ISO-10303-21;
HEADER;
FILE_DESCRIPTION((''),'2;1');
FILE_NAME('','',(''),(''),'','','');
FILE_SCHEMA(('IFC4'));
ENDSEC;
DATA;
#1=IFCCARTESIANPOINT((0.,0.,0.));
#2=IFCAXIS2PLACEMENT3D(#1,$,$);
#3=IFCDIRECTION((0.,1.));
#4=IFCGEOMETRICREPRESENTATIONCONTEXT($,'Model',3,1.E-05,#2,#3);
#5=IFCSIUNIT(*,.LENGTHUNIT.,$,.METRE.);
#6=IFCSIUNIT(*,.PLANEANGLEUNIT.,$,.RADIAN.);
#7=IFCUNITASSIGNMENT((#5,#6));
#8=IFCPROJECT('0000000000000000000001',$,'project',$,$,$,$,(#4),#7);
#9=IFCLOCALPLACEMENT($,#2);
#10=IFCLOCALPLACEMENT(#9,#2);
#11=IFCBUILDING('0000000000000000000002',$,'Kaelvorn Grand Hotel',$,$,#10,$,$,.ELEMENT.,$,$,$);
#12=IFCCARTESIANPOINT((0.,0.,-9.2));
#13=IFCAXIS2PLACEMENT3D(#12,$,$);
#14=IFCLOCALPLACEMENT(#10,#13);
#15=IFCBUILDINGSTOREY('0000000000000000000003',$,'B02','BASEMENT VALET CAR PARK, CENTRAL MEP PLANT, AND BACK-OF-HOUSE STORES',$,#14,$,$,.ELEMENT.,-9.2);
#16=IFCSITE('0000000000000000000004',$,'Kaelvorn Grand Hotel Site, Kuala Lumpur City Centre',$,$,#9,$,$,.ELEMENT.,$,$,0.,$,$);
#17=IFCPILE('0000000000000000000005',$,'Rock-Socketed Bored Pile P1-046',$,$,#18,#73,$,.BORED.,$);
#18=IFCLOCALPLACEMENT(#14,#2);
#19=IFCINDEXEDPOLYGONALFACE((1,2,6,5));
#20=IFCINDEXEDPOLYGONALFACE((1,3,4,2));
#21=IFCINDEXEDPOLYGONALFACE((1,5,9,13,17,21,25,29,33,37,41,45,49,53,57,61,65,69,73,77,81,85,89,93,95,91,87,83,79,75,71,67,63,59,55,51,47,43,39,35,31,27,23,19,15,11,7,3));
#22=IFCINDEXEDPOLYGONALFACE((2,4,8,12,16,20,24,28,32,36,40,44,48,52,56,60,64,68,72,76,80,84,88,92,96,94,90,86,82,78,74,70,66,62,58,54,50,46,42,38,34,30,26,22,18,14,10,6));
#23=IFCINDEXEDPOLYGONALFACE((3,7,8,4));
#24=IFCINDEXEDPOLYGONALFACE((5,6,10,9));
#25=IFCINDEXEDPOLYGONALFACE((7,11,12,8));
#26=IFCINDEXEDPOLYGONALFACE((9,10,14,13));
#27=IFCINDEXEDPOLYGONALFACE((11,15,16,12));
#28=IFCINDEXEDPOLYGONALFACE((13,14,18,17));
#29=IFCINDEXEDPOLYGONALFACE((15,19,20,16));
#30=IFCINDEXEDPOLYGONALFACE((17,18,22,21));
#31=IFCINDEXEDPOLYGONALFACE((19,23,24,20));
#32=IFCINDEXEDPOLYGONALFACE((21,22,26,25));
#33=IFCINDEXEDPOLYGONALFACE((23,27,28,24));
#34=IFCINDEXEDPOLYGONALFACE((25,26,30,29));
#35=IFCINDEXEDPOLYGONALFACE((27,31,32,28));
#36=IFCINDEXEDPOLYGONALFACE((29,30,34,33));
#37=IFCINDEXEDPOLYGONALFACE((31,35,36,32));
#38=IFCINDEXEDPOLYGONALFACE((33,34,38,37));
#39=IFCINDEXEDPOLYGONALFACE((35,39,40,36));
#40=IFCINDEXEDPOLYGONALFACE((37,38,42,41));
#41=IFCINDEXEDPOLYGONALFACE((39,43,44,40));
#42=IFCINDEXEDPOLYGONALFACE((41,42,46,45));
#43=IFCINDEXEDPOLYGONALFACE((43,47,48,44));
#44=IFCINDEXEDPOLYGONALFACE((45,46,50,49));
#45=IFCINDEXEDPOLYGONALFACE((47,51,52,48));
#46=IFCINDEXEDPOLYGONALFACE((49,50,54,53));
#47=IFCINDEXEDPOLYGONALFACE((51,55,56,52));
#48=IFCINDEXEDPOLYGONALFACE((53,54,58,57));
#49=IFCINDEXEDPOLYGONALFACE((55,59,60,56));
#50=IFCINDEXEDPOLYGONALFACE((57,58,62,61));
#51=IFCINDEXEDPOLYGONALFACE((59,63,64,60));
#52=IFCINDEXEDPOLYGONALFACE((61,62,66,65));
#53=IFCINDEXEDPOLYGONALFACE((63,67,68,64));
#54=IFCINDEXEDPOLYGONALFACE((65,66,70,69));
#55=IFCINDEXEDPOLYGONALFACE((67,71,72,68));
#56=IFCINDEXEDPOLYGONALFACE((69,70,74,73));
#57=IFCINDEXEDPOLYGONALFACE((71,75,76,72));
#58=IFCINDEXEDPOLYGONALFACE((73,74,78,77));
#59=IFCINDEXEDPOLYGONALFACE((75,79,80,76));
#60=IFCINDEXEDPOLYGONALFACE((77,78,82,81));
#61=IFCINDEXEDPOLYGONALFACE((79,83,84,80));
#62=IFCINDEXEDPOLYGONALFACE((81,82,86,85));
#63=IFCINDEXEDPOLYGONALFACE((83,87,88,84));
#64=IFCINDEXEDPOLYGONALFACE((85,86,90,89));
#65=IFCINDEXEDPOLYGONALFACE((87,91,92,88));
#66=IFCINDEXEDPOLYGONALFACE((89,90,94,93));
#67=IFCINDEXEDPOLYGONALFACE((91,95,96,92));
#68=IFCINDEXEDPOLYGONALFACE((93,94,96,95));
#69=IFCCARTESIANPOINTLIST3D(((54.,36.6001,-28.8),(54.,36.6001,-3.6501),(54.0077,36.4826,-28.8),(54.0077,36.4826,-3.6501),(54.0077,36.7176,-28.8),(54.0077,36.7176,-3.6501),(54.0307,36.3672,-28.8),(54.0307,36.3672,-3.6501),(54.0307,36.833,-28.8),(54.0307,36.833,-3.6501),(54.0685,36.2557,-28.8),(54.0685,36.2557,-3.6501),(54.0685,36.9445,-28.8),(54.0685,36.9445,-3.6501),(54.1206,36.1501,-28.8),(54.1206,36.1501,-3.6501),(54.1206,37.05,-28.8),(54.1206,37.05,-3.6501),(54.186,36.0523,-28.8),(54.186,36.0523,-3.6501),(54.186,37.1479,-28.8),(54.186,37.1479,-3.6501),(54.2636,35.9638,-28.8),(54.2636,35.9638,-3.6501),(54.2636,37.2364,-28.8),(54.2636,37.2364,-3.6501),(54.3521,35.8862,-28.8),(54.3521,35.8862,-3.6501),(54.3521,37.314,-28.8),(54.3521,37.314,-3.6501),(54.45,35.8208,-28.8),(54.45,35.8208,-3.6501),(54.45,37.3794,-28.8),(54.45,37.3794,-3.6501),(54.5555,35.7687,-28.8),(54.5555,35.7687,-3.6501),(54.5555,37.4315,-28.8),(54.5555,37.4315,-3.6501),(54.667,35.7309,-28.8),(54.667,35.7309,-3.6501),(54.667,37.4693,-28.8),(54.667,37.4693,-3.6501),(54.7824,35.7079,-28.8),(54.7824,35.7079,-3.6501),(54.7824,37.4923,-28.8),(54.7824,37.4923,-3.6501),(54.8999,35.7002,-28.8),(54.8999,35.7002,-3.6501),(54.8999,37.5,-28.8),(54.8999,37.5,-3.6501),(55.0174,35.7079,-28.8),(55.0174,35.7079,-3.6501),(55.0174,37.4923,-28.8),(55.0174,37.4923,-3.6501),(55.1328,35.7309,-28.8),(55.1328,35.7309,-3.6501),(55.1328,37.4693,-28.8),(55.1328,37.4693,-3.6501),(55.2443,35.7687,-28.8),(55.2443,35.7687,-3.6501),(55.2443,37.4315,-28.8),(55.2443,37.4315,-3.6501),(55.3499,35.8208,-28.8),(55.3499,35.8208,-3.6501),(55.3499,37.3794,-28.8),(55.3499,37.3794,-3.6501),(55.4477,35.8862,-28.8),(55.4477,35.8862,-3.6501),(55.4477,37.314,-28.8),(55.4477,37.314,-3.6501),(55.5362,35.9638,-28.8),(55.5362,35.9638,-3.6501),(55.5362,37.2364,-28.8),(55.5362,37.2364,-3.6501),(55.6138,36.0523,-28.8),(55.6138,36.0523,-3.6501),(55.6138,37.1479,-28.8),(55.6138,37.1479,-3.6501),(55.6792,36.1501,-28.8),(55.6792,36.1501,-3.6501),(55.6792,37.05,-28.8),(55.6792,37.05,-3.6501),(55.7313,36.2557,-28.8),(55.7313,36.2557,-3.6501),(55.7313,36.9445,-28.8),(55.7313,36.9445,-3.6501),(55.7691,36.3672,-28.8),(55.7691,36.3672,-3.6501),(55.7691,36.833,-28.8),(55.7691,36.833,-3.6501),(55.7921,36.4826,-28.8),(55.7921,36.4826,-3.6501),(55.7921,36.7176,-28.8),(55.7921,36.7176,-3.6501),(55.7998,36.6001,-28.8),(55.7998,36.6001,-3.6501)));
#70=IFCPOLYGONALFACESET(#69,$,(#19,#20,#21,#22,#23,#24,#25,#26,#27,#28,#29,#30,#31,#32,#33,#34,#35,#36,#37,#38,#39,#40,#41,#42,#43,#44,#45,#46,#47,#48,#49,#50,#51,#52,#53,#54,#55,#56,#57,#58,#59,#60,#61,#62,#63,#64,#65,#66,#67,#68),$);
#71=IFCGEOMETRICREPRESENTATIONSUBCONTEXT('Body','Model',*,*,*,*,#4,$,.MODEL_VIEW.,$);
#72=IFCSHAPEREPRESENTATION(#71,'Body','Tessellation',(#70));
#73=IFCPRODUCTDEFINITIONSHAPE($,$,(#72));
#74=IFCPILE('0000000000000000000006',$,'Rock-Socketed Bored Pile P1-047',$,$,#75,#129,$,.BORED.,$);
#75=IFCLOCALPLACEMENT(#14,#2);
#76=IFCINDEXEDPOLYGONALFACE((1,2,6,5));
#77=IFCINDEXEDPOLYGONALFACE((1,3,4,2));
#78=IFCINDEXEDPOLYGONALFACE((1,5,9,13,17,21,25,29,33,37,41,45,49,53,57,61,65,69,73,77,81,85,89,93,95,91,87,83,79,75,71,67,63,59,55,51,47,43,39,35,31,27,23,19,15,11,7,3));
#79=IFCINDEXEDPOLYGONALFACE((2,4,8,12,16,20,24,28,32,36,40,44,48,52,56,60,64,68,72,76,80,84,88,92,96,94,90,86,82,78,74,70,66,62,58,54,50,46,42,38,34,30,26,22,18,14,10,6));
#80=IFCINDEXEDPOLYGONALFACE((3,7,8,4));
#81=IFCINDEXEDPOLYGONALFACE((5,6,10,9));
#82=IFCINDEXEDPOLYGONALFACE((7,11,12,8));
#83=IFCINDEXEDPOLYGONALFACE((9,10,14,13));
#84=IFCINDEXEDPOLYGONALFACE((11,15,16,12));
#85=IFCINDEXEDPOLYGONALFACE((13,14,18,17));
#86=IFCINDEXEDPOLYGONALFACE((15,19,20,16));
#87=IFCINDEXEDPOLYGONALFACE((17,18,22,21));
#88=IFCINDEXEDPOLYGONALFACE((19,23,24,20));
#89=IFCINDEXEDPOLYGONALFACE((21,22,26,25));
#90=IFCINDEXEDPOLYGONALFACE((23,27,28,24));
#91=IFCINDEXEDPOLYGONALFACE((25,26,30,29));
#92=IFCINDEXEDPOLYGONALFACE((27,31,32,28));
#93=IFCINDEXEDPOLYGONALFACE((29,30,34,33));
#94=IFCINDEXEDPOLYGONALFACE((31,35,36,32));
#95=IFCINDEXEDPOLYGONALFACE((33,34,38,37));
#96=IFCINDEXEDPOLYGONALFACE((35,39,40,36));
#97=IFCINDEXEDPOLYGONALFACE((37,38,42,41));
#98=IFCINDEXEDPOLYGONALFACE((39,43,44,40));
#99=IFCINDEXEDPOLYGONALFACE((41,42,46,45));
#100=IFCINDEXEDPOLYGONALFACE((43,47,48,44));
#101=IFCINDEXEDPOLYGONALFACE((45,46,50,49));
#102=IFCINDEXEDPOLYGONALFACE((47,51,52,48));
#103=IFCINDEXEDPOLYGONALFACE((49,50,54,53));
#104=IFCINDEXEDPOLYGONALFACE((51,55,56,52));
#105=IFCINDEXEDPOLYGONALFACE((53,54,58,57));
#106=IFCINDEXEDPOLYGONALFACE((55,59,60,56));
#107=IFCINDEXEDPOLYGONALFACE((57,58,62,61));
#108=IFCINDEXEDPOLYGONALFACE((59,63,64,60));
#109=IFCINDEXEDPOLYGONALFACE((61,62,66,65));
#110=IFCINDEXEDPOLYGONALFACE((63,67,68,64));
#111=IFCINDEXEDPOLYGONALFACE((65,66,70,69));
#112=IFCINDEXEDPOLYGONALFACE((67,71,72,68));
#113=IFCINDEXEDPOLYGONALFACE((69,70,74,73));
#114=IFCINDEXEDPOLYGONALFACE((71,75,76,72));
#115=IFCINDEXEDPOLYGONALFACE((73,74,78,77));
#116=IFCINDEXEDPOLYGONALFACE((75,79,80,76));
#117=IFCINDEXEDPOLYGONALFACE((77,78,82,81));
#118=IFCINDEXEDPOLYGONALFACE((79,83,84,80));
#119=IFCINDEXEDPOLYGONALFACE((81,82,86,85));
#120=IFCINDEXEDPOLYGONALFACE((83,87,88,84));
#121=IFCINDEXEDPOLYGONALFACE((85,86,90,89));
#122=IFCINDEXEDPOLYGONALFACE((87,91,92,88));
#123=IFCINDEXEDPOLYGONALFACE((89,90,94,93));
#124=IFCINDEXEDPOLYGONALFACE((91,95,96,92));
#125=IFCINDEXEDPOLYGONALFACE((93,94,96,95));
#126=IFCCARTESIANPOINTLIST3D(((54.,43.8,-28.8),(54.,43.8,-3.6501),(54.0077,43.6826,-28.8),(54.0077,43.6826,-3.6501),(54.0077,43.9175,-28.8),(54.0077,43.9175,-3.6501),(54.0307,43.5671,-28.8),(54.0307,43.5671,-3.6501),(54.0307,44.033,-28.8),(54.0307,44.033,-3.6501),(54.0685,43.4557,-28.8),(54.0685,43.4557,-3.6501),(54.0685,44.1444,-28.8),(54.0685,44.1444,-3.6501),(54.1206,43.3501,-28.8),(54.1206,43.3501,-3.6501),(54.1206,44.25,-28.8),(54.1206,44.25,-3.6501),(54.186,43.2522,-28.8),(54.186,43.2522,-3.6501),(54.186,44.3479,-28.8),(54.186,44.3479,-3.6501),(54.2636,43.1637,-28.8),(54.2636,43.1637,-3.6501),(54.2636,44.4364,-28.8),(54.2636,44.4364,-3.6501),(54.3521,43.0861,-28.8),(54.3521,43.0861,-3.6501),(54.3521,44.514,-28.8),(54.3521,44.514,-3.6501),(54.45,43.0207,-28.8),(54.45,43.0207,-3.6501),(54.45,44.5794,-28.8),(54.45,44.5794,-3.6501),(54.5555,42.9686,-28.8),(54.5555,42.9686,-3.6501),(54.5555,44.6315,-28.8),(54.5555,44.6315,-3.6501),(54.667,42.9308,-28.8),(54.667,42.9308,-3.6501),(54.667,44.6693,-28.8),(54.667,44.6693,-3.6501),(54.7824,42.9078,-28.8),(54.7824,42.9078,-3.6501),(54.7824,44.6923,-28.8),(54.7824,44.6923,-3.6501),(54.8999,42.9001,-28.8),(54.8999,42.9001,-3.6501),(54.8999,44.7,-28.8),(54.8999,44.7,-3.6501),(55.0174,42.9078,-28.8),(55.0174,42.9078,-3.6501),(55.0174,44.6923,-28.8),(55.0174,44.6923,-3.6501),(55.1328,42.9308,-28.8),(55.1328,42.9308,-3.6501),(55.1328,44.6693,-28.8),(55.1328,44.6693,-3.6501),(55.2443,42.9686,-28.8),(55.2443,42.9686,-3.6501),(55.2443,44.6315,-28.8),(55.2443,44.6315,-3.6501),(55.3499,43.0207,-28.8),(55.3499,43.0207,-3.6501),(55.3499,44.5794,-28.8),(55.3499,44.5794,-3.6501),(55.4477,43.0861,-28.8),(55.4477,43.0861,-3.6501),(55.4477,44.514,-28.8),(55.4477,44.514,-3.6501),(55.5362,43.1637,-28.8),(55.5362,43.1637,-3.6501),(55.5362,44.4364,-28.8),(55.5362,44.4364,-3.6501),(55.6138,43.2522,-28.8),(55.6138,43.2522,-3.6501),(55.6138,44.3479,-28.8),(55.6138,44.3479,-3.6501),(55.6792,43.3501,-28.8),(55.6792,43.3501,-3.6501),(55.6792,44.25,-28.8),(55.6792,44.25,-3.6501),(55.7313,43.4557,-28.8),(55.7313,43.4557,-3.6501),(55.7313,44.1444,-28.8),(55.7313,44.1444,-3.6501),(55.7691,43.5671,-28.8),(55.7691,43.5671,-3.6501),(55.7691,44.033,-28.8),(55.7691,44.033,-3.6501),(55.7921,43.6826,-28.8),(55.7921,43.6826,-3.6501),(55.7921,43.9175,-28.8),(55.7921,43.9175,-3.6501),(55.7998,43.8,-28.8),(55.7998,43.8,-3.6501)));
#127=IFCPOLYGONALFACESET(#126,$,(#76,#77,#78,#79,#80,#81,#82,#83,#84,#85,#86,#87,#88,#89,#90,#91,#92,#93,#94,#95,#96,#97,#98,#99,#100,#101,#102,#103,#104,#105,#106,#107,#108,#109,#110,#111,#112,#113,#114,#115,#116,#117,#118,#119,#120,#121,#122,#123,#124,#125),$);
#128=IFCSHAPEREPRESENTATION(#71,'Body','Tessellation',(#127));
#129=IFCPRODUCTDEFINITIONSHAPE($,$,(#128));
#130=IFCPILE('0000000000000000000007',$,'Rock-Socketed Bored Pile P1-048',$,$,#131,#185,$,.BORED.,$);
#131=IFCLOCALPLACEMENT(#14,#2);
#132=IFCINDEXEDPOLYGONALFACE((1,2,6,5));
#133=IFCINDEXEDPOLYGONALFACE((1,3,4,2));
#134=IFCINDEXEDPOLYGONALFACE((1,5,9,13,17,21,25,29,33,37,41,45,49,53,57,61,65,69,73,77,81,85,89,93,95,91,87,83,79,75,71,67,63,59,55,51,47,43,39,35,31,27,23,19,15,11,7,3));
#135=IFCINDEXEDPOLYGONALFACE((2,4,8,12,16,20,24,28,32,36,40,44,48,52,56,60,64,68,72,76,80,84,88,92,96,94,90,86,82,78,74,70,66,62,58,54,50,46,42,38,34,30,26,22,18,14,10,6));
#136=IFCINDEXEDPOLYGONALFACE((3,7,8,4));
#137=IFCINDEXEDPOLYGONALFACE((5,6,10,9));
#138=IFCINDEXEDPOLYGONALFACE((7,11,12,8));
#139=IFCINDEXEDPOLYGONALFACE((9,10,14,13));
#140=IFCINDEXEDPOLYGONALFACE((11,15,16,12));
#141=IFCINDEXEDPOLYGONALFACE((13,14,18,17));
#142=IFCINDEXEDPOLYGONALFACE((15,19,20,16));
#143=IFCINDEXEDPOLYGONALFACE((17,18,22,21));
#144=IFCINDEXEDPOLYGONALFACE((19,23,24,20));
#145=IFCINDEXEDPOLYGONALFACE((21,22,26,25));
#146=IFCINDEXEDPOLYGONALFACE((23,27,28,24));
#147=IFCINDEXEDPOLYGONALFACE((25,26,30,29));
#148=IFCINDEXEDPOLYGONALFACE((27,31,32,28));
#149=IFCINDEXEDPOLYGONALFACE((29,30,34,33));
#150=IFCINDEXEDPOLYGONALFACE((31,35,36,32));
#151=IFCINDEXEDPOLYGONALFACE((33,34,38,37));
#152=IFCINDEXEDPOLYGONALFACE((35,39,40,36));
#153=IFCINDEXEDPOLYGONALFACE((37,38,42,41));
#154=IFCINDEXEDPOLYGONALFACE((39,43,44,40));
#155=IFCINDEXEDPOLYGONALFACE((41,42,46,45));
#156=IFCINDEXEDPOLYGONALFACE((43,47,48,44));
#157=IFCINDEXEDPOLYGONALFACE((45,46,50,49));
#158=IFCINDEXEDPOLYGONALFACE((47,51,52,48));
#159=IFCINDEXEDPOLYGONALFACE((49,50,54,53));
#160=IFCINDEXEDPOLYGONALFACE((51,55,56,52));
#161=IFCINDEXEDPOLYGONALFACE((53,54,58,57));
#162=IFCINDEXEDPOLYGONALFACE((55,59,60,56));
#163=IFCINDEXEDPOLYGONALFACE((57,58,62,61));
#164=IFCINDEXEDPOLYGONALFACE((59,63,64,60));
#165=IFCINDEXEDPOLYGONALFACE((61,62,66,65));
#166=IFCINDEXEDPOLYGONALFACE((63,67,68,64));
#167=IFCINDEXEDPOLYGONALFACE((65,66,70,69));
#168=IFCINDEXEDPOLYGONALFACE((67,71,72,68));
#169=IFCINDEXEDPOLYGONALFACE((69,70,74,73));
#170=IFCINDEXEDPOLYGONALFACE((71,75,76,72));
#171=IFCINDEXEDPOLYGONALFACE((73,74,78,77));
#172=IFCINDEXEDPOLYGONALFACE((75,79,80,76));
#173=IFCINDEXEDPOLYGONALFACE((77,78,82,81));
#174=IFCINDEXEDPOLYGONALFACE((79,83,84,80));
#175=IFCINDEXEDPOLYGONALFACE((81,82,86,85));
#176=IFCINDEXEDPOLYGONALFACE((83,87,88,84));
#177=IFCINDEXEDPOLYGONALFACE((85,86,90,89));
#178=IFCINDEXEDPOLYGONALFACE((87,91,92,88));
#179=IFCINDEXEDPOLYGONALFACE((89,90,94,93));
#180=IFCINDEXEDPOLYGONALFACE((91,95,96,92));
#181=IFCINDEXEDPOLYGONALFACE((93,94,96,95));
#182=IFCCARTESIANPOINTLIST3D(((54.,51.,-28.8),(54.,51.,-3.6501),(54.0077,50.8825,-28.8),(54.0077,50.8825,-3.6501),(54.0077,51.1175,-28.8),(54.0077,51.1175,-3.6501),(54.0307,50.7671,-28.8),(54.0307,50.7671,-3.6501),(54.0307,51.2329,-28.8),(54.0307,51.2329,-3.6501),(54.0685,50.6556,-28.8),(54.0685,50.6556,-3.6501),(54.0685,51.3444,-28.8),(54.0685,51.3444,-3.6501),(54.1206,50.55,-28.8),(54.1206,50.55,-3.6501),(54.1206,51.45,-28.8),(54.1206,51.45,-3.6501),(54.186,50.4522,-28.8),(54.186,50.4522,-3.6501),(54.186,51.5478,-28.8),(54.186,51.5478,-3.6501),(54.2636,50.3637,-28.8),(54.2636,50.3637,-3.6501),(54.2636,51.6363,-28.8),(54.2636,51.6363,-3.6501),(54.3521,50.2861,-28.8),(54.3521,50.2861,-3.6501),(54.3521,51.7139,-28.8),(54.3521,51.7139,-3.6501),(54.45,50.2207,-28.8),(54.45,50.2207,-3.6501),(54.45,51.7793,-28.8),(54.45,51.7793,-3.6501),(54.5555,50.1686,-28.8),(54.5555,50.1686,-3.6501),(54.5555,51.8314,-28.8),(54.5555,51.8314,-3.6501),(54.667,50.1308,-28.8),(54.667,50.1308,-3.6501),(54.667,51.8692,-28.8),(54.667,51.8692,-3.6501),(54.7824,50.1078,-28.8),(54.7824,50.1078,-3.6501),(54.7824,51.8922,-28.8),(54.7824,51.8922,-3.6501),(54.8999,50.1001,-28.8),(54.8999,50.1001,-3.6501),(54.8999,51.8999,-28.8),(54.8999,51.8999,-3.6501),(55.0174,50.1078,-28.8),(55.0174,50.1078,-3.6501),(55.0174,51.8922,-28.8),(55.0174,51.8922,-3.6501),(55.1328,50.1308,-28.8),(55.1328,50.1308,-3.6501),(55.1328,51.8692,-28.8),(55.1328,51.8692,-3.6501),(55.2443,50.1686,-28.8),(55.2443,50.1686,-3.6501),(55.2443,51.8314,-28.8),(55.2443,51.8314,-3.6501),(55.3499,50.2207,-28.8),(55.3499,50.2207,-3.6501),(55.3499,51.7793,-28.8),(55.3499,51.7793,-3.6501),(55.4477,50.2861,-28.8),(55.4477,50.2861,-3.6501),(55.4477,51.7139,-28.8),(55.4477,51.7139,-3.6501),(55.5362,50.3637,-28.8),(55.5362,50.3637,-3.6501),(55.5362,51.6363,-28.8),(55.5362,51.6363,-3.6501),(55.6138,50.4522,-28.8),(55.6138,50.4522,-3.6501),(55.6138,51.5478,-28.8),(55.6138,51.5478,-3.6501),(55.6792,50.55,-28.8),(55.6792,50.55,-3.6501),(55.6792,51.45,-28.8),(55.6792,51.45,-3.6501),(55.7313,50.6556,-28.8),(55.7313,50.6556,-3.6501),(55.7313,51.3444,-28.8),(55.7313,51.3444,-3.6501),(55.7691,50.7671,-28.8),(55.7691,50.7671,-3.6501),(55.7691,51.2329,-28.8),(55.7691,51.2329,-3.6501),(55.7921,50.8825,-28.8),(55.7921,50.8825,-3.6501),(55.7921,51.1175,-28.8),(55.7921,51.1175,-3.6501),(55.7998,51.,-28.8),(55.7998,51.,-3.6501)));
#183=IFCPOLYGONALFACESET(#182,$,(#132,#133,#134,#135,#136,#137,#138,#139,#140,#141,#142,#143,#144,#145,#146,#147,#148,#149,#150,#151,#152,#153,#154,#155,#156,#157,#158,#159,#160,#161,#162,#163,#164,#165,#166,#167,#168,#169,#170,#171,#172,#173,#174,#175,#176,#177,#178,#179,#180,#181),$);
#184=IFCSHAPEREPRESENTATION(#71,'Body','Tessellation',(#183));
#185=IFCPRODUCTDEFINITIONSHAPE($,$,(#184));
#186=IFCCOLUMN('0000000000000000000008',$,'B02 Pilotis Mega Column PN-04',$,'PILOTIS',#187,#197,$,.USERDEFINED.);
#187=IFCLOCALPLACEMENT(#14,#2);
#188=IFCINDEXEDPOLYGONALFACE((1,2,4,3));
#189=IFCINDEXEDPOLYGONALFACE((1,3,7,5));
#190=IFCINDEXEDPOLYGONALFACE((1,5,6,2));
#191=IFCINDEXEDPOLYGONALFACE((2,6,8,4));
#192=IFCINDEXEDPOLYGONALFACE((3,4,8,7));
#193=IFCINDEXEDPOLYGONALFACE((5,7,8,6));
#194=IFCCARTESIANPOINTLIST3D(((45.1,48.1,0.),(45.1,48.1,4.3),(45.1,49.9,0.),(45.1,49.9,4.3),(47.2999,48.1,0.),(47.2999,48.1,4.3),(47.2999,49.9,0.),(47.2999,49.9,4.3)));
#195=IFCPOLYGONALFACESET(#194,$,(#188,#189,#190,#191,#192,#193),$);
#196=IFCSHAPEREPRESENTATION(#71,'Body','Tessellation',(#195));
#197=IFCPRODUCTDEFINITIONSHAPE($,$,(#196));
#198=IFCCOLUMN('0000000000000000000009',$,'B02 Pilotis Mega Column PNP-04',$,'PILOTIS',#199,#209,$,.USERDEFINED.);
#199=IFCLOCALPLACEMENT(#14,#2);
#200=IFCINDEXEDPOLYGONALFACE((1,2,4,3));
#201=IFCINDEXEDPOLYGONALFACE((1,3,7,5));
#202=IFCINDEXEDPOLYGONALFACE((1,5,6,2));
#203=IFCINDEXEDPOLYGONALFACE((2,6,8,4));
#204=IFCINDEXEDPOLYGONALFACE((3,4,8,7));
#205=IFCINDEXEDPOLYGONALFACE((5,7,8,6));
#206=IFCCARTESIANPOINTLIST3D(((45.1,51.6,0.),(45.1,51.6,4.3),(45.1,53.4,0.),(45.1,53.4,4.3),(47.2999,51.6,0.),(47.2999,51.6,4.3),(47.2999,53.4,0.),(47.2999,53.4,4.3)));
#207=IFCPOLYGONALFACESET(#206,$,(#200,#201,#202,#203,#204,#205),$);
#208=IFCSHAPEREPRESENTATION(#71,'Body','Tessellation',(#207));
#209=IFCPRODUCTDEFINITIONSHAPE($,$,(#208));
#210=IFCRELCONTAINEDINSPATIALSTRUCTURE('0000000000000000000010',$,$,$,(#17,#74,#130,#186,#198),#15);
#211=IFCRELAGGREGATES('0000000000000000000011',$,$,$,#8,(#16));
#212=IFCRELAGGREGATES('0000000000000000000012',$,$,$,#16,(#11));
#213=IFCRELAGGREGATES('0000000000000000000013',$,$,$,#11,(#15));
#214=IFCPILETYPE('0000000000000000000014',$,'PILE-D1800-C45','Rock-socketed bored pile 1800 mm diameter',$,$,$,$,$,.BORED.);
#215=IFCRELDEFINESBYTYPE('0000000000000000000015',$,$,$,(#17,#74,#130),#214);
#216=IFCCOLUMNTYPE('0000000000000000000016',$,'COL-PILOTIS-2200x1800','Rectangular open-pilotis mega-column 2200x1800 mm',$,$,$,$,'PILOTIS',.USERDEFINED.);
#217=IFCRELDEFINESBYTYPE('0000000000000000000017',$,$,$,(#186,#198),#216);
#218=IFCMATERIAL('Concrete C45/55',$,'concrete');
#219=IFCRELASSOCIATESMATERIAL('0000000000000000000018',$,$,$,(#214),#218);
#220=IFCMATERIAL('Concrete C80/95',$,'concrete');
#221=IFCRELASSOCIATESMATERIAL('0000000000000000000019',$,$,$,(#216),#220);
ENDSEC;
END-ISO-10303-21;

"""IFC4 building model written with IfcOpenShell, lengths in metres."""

from ifc_helpers import new_model, si_unit, direction, frame, origin, origin_2d, place, context, subcontext, project, spatial, rectangle, circle, extrude, material, material_profile, profile_set, type_object, element, save


model = new_model("IFC4")

# Units and contexts
model_context = context("Model", 3, precision=1e-05, world=origin(), true_north=direction((0.0, 1.0)))
body_context = subcontext(model_context, "Body", "Model", "MODEL_VIEW")
ifc_project = project(units=[si_unit("LENGTHUNIT", "METRE"), si_unit("PLANEANGLEUNIT", "RADIAN")], contexts=[model_context])

# Site, building, storey
site_placement = place(None, origin())
site = spatial("IfcSite", under=ifc_project, at=site_placement, Name="Kaelvorn Grand Hotel Site, Kuala Lumpur City Centre", CompositionType="ELEMENT", RefElevation=0.0)
building_placement = place(site_placement, origin())
building = spatial("IfcBuilding", under=site, at=building_placement, Name="Kaelvorn Grand Hotel", CompositionType="ELEMENT")
storey_placement = place(building_placement, frame((0.0, 0.0, -9.2)))
storey = spatial("IfcBuildingStorey", under=building, at=storey_placement, Name="B02", Description="BASEMENT VALET CAR PARK, CENTRAL MEP PLANT, AND BACK-OF-HOUSE STORES", CompositionType="ELEMENT", Elevation=-9.2)

# Piles
ifc_material_1 = material(Name="Concrete C45/55", Category="concrete")
ifc_material_profile_1 = material_profile(ifc_material_1, circle(Radius=0.8999, at=origin_2d()), Name="BORED PILE D1800")
ifc_profile_set_1 = profile_set([ifc_material_profile_1], Name="Concrete C45/55")
pile_type = type_object("IfcPileType", Name="PILE-D1800-C45", Description="Rock-socketed bored pile 1800 mm diameter", PredefinedType="BORED", material=ifc_profile_set_1)
for number, where, z_axis, x_axis, name in (
    (1, (54.8999, 36.6001, -3.6501), (0.0, 0.0, -1.0), (1.0, 0.0, 0.0), "Rock-Socketed Bored Pile P1-046"),
    (2, (54.8999, 43.8, -3.6501), (0.0, 0.0, -1.0), (1.0, 0.0, 0.0), "Rock-Socketed Bored Pile P1-047"),
    (3, (54.8999, 51.0, -3.6501), (0.0, 0.0, -1.0), (1.0, 0.0, 0.0), "Rock-Socketed Bored Pile P1-048"),
):
    element("IfcPile", number, at=place(storey_placement, frame(where, z_axis=z_axis, x_axis=x_axis)), inside=storey, type_object=pile_type, Name=name, PredefinedType="BORED", context=body_context, shape_type="SweptSolid", body=[
        extrude(circle(Radius=0.8999, at=origin_2d()), origin(), (0.0, 0.0, 1.0), 25.1499),
    ])

# Columns
ifc_material_2 = material(Name="Concrete C80/95", Category="concrete")
ifc_material_profile_2 = material_profile(ifc_material_2, rectangle(XDim=2.2, YDim=1.8, at=origin_2d()), Name="PILOTIS 2200x1800")
ifc_profile_set_2 = profile_set([ifc_material_profile_2], Name="Concrete C80/95")
column_type = type_object("IfcColumnType", Name="COL-PILOTIS-2200x1800", Description="Rectangular open-pilotis mega-column 2200x1800 mm", ElementType="PILOTIS", PredefinedType="USERDEFINED", material=ifc_profile_set_2)
for number, where, z_axis, x_axis, name in (
    (4, (46.2, 49.0, 0.0), (0.0, 0.0, 1.0), (1.0, 0.0, 0.0), "B02 Pilotis Mega Column PN-04"),
    (5, (46.2, 52.5, 0.0), (0.0, 0.0, 1.0), (1.0, 0.0, 0.0), "B02 Pilotis Mega Column PNP-04"),
):
    element("IfcColumn", number, at=place(storey_placement, frame(where, z_axis=z_axis, x_axis=x_axis)), inside=storey, type_object=column_type, Name=name, ObjectType="PILOTIS", PredefinedType="USERDEFINED", context=body_context, shape_type="SweptSolid", body=[
        extrude(rectangle(XDim=2.2, YDim=1.8, at=origin_2d()), origin(), (0.0, 0.0, 1.0), 4.3),
    ])

save(model, "model.ifc")
